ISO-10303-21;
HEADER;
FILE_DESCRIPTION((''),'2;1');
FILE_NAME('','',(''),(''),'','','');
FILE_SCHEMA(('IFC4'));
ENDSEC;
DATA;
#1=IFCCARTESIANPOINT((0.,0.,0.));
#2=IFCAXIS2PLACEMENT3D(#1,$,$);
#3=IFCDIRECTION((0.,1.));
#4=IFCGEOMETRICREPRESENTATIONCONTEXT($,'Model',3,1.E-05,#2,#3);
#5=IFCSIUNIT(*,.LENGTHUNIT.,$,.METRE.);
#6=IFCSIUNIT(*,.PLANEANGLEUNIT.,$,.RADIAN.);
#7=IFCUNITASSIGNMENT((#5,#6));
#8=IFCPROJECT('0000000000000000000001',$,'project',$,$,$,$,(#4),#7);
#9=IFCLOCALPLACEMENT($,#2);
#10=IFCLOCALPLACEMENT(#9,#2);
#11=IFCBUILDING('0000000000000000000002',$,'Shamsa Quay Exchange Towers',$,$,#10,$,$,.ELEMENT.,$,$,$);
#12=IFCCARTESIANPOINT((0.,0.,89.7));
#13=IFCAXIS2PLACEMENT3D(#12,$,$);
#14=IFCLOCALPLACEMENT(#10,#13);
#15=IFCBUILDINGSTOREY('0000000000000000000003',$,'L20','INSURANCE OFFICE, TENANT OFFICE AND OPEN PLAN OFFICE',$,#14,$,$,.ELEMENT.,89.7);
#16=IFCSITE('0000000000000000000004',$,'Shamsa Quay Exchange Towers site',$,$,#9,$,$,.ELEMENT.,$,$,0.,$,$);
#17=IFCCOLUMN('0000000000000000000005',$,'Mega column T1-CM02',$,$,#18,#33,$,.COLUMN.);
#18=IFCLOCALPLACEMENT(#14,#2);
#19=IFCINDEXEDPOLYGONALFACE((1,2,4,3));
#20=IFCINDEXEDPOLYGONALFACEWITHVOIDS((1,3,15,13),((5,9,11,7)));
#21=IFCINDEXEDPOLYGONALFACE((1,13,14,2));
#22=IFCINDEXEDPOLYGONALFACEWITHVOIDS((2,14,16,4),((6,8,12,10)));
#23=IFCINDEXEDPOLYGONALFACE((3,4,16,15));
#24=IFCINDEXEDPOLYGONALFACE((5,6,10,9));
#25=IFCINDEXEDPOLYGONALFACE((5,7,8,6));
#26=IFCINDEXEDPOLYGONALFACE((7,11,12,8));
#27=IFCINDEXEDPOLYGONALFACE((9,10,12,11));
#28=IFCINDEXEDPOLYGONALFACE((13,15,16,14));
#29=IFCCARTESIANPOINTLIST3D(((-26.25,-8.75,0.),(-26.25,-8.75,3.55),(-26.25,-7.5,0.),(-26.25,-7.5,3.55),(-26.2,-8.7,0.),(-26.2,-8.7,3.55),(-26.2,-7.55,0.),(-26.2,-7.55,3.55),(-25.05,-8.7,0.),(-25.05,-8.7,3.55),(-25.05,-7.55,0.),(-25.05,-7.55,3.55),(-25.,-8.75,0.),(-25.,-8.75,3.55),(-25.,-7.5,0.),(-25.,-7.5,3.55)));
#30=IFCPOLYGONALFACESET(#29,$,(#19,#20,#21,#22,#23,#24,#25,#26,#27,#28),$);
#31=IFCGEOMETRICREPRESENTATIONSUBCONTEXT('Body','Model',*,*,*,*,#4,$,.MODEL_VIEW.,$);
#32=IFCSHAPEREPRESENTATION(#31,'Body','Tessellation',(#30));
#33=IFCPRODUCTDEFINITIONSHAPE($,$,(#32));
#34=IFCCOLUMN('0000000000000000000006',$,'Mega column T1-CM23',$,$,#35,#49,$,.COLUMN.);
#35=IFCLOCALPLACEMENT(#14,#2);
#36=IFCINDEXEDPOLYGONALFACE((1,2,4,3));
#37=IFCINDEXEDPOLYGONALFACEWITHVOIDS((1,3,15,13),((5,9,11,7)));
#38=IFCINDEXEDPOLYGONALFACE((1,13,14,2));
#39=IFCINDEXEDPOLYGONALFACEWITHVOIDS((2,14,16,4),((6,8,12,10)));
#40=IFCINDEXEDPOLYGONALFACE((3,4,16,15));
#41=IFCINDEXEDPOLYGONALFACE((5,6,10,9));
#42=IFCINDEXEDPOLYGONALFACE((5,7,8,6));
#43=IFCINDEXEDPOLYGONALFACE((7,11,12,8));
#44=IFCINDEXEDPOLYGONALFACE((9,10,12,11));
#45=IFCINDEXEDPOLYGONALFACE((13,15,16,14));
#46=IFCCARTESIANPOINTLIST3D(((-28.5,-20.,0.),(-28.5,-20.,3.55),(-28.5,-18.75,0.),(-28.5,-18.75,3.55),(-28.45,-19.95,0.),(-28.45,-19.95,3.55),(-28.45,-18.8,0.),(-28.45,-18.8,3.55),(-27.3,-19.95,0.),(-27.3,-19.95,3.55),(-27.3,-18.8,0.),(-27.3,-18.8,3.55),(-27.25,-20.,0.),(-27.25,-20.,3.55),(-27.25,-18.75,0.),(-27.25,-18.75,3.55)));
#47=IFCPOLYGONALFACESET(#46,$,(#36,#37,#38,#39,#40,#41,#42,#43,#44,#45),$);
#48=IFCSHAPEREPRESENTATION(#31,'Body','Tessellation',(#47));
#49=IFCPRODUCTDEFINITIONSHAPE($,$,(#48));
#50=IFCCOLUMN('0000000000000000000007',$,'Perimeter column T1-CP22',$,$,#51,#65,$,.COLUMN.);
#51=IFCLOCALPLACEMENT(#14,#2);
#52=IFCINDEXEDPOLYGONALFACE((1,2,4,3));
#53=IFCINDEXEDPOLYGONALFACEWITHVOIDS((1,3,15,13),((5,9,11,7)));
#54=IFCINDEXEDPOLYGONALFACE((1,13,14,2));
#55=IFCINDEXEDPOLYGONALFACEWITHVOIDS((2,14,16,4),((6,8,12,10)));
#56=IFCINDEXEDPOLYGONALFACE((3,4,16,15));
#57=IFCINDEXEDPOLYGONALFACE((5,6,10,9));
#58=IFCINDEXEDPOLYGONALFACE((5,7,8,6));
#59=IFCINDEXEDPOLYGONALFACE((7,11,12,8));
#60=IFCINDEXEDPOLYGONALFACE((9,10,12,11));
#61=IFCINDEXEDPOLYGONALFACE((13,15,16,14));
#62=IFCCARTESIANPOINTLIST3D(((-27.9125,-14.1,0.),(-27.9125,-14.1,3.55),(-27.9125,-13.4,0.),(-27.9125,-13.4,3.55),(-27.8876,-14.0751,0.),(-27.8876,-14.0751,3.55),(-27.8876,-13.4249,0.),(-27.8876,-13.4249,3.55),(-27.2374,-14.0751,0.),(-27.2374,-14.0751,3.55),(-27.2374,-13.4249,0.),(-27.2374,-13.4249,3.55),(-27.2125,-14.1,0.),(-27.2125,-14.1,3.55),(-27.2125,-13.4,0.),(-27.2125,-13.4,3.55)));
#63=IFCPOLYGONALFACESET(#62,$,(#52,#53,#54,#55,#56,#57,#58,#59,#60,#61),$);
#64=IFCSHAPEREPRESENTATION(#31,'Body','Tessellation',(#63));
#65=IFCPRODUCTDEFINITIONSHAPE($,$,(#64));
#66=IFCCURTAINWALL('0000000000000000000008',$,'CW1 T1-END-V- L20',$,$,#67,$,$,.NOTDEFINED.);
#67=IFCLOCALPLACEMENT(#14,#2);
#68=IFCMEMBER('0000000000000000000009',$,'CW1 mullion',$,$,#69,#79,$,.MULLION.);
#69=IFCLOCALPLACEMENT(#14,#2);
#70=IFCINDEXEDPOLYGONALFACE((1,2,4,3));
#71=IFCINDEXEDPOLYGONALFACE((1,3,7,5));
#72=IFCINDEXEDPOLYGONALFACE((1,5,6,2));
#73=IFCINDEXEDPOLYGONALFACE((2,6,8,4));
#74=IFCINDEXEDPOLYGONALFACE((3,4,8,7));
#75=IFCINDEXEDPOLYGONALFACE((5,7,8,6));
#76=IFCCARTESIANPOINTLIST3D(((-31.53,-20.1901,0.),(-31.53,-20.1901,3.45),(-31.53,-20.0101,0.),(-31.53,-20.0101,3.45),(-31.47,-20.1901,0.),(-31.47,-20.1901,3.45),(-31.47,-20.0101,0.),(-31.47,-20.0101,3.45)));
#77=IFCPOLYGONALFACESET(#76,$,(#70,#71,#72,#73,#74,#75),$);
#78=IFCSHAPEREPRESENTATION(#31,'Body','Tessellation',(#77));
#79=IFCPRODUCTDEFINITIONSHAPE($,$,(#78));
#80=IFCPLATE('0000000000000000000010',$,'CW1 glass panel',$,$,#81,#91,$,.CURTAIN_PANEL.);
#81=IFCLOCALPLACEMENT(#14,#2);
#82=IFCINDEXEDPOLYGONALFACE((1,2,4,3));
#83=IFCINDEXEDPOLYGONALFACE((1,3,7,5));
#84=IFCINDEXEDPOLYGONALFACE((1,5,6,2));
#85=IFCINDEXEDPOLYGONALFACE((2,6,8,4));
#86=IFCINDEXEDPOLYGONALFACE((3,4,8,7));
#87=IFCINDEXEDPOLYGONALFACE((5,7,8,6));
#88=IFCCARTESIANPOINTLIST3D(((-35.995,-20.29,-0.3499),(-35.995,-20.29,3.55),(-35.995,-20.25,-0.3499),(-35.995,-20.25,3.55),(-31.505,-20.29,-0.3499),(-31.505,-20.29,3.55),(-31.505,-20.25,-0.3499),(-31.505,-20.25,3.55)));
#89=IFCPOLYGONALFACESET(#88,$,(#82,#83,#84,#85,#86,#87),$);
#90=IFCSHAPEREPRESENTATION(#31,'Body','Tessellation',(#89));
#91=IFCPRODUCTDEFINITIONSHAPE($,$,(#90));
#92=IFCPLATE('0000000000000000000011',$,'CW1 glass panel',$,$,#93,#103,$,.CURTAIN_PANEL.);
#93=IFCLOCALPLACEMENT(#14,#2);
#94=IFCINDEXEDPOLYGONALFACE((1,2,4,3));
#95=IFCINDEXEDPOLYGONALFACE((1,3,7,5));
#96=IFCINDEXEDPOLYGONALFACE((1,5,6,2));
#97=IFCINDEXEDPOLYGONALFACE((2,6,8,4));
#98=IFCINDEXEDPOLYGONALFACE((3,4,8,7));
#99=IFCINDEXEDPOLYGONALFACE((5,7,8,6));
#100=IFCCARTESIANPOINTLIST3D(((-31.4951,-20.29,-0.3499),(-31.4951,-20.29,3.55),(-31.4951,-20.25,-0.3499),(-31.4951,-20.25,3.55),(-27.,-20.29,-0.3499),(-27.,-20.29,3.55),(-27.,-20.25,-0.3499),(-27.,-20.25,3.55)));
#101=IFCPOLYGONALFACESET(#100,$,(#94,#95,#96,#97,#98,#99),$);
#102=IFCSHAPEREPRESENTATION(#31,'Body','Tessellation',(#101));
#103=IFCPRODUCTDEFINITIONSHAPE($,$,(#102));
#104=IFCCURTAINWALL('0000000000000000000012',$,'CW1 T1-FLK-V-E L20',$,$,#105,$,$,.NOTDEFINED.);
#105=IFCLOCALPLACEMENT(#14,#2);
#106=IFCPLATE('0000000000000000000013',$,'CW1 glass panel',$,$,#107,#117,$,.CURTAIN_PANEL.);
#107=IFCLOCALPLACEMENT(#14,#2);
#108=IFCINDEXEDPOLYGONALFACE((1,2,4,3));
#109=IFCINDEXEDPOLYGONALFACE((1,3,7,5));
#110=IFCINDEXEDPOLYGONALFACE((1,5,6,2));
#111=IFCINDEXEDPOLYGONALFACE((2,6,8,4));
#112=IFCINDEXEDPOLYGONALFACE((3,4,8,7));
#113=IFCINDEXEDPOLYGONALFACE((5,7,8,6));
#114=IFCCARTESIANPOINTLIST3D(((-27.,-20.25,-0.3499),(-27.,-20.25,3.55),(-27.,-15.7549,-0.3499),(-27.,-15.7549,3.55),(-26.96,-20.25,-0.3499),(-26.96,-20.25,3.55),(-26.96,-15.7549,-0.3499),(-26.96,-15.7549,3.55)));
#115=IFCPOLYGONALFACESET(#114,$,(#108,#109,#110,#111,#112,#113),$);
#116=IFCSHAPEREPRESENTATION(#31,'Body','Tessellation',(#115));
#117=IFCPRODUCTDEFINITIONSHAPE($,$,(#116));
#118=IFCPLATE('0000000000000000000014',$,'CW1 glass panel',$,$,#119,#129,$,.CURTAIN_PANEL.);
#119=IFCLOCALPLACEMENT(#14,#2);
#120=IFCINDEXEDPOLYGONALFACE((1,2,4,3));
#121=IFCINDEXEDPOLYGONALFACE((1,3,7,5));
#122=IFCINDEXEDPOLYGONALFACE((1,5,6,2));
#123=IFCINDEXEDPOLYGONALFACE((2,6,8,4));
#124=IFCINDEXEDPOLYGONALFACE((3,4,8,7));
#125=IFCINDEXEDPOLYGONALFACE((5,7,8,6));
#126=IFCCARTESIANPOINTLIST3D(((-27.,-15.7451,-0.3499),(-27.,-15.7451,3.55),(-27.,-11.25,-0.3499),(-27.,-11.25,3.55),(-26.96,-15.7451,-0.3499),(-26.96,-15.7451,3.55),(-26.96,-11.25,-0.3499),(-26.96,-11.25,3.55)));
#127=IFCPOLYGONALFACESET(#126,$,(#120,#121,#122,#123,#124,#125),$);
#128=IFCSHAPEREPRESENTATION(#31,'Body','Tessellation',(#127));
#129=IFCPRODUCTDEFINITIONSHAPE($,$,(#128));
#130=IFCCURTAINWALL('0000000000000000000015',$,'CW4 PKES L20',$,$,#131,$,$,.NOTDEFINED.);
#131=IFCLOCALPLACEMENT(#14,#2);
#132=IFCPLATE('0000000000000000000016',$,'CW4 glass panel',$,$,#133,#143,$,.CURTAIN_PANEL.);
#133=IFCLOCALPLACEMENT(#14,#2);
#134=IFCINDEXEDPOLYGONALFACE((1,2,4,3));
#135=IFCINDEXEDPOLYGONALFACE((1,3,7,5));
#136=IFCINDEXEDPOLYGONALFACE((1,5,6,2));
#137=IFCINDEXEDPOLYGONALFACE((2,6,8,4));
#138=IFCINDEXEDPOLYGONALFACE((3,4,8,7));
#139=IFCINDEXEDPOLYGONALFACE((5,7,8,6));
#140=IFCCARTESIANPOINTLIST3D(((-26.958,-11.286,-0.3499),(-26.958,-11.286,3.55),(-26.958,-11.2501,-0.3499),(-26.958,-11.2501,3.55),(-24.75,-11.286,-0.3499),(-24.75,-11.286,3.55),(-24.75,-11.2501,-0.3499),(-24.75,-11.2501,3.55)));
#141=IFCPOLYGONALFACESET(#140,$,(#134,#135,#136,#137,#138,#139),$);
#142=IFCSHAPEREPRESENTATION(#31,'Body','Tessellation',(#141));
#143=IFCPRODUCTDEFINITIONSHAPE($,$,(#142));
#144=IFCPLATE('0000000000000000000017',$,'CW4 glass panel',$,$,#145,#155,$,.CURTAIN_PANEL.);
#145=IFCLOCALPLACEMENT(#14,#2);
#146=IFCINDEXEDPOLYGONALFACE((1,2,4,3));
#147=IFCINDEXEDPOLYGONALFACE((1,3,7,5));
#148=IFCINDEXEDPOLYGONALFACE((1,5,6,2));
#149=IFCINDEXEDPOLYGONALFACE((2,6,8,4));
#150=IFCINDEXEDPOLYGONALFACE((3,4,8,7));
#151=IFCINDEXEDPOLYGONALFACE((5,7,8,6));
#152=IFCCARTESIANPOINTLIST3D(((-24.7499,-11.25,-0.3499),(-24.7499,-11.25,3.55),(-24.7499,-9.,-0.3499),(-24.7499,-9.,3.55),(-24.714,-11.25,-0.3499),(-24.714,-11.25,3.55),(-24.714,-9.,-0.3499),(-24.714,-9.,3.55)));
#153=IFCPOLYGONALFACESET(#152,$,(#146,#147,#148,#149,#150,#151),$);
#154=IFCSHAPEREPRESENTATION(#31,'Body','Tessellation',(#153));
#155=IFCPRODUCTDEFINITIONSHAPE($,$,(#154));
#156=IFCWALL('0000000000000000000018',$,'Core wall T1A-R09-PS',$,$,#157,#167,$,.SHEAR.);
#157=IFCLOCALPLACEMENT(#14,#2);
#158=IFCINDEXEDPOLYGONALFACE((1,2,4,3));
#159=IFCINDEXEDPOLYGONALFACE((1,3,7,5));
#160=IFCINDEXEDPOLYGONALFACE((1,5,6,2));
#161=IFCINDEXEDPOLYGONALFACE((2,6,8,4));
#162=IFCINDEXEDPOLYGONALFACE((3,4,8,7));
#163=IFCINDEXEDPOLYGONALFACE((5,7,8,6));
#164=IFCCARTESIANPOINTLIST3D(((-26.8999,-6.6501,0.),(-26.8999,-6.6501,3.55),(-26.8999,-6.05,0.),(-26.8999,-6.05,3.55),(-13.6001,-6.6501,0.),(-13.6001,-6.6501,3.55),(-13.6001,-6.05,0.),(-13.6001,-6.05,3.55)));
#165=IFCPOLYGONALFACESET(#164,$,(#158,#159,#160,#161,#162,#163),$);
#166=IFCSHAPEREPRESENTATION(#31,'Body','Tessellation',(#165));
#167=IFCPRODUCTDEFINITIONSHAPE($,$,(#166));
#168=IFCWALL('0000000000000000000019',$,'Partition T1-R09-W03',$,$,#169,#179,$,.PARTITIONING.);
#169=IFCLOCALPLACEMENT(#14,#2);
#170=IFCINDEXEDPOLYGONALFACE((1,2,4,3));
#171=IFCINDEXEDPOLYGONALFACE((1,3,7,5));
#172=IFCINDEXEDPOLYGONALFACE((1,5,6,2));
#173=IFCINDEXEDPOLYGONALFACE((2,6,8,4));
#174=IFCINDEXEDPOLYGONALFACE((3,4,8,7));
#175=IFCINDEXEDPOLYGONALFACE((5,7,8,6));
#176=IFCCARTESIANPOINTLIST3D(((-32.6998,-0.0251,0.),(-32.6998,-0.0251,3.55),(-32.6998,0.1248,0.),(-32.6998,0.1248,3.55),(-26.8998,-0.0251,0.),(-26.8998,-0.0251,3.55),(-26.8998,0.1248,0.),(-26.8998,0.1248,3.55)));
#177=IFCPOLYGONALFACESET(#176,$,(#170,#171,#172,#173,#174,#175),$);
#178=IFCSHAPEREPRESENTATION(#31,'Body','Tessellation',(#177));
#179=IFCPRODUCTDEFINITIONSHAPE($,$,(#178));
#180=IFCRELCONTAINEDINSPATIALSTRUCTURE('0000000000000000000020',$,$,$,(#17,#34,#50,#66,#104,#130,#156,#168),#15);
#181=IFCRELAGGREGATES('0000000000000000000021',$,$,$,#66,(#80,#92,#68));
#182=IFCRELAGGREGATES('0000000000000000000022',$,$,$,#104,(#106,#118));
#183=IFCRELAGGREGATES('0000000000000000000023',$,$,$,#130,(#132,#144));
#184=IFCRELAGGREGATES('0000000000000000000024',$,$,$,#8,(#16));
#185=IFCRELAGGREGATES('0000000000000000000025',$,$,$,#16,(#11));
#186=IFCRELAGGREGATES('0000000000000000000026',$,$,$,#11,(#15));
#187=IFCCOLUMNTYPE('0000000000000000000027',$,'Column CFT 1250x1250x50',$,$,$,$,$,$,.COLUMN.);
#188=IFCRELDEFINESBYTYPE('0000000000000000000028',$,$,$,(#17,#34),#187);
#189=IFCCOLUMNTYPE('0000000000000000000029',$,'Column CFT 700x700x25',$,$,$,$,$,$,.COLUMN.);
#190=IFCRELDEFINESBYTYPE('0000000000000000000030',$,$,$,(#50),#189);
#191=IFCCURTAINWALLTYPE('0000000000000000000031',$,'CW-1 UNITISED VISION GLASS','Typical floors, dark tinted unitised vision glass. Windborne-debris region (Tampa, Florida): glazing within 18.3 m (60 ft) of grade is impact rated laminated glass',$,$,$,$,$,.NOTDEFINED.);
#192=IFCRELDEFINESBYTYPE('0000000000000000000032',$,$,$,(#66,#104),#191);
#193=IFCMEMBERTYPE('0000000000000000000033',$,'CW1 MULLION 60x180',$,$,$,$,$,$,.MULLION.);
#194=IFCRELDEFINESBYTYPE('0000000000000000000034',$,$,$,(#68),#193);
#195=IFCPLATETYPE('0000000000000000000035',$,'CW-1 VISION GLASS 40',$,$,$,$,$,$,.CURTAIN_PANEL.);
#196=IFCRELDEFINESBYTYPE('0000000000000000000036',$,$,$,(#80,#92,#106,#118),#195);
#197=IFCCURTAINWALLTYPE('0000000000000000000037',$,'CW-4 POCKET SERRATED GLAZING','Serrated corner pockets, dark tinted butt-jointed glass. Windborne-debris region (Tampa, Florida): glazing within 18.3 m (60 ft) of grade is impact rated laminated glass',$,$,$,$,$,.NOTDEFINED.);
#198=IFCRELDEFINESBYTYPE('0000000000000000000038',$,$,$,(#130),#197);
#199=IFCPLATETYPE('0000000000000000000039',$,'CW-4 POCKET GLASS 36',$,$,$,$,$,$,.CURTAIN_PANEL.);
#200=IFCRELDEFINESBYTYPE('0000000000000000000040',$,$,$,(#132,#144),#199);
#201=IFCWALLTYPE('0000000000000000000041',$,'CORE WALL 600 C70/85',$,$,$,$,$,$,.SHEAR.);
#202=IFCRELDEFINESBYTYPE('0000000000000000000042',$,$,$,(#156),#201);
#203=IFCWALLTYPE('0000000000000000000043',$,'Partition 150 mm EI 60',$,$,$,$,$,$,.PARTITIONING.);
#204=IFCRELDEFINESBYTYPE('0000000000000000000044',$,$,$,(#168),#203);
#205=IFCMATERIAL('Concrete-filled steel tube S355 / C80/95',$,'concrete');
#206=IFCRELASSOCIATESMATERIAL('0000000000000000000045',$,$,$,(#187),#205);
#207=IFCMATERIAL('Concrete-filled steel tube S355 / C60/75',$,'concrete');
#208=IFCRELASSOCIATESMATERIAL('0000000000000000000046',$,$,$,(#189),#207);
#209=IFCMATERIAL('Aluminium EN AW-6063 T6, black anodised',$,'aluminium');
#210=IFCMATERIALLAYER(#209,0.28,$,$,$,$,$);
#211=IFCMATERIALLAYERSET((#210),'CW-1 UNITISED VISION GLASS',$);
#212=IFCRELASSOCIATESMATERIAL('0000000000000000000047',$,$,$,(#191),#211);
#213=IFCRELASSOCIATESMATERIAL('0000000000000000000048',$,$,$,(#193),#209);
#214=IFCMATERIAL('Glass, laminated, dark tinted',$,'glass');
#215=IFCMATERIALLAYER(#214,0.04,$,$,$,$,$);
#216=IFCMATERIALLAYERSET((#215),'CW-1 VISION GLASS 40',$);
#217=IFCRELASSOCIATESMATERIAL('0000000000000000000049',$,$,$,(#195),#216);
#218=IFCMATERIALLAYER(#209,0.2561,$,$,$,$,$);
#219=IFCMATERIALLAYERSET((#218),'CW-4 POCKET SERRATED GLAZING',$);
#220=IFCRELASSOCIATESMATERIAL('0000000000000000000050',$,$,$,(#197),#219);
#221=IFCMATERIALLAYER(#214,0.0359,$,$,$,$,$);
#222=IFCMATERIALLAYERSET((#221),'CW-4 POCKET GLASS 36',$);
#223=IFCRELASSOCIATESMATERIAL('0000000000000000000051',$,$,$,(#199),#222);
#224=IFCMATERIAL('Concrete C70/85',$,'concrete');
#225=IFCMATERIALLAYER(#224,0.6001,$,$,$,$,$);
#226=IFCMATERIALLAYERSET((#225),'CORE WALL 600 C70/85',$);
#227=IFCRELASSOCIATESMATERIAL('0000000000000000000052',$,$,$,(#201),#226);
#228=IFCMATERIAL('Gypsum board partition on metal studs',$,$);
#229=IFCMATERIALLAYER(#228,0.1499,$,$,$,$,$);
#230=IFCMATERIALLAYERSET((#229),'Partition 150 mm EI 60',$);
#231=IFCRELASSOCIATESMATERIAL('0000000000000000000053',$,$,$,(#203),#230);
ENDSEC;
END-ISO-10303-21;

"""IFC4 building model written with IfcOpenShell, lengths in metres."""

from ifc_helpers import new_model, si_unit, direction, frame, frame_2d, origin, origin_2d, place, context, subcontext, project, spatial, rectangle, hollow_rectangle, extrude, material, layer, layer_set, material_profile, profile_set, type_object, element, aggregate, save


model = new_model("IFC4")

# Units and contexts
model_context = context("Model", 3, precision=1e-05, world=origin(), true_north=direction((0.0, 1.0)))
body_context = subcontext(model_context, "Body", "Model", "MODEL_VIEW")
ifc_project = project(units=[si_unit("LENGTHUNIT", "METRE"), si_unit("PLANEANGLEUNIT", "RADIAN")], contexts=[model_context])

# Site, building, storey
site_placement = place(None, origin())
site = spatial("IfcSite", under=ifc_project, at=site_placement, Name="Shamsa Quay Exchange Towers site", CompositionType="ELEMENT", RefElevation=0.0)
building_placement = place(site_placement, origin())
building = spatial("IfcBuilding", under=site, at=building_placement, Name="Shamsa Quay Exchange Towers", CompositionType="ELEMENT")
storey_placement = place(building_placement, frame((0.0, 0.0, 89.7)))
storey = spatial("IfcBuildingStorey", under=building, at=storey_placement, Name="L20", Description="INSURANCE OFFICE, TENANT OFFICE AND OPEN PLAN OFFICE", CompositionType="ELEMENT", Elevation=89.7)

# Columns
ifc_material_1 = material(Name="Concrete-filled steel tube S355 / C80/95", Category="concrete")
ifc_material_profile_1 = material_profile(ifc_material_1, hollow_rectangle(XDim=1.25, YDim=1.25, WallThickness=0.05, at=origin_2d()), Name="CFT 1250x1250x50")
ifc_profile_set_1 = profile_set([ifc_material_profile_1], Name="Concrete-filled steel tube S355 / C80/95")
column_type_1 = type_object("IfcColumnType", Name="Column CFT 1250x1250x50", PredefinedType="COLUMN", material=ifc_profile_set_1)
for number, where, name in (
    (1, (-25.625, -8.125, 0.0), "Mega column T1-CM02"),
    (2, (-27.875, -19.375, 0.0), "Mega column T1-CM23"),
):
    element("IfcColumn", number, at=place(storey_placement, frame(where)), inside=storey, type_object=column_type_1, Name=name, PredefinedType="COLUMN", context=body_context, shape_type="SweptSolid", body=[
        extrude(hollow_rectangle(XDim=1.25, YDim=1.25, WallThickness=0.05, at=origin_2d()), origin(), (0.0, 0.0, 1.0), 3.55),
    ])
ifc_material_2 = material(Name="Concrete-filled steel tube S355 / C60/75", Category="concrete")
ifc_material_profile_2 = material_profile(ifc_material_2, hollow_rectangle(XDim=0.7, YDim=0.7, WallThickness=0.0249, at=origin_2d()), Name="CFT 700x700x25")
ifc_profile_set_2 = profile_set([ifc_material_profile_2], Name="Concrete-filled steel tube S355 / C60/75")
column_type_2 = type_object("IfcColumnType", Name="Column CFT 700x700x25", PredefinedType="COLUMN", material=ifc_profile_set_2)
column_placement = place(storey_placement, frame((-27.5625, -13.75, 0.0)))
element("IfcColumn", 3, at=column_placement, inside=storey, type_object=column_type_2, Name="Perimeter column T1-CP22", PredefinedType="COLUMN", context=body_context, shape_type="SweptSolid", body=[
    extrude(hollow_rectangle(XDim=0.7, YDim=0.7, WallThickness=0.0249, at=origin_2d()), origin(), (0.0, 0.0, 1.0), 3.55),
])

# Curtain wall, member, plates
ifc_material_3 = material(Name="Aluminium EN AW-6063 T6, black anodised", Category="aluminium")
ifc_layer_1 = layer(ifc_material_3, 0.28)
ifc_layer_set_1 = layer_set([ifc_layer_1], Name="CW-1 UNITISED VISION GLASS")
curtain_wall_type_1 = type_object("IfcCurtainWallType", Name="CW-1 UNITISED VISION GLASS", Description="Typical floors, dark tinted unitised vision glass. Windborne-debris region (Tampa, Florida): glazing within 18.3 m (60 ft) of grade is impact rated laminated glass", PredefinedType="NOTDEFINED", material=ifc_layer_set_1)
curtain_wall_1_placement = place(storey_placement, origin())
curtain_wall_1 = element("IfcCurtainWall", 4, at=curtain_wall_1_placement, inside=storey, type_object=curtain_wall_type_1, Name="CW1 T1-END-V- L20", PredefinedType="NOTDEFINED")
ifc_material_profile_3 = material_profile(ifc_material_3, rectangle(XDim=0.1799, YDim=0.0601, at=origin_2d()), Name="MU60x180")
ifc_profile_set_3 = profile_set([ifc_material_profile_3], Name="Aluminium EN AW-6063 T6, black anodised")
member_type = type_object("IfcMemberType", Name="CW1 MULLION 60x180", PredefinedType="MULLION", material=ifc_profile_set_3)
member_placement = place(storey_placement, frame((-31.5, -20.1001, 0.0), z_axis=(0.0, 0.0, 1.0), x_axis=(0.0, 1.0, 0.0)))
member = element("IfcMember", 5, at=member_placement, type_object=member_type, Name="CW1 mullion", PredefinedType="MULLION", context=body_context, shape_type="SweptSolid", body=[
    extrude(rectangle(XDim=0.1799, YDim=0.0601, at=origin_2d()), origin(), (0.0, 0.0, 1.0), 3.45),
])
ifc_material_4 = material(Name="Glass, laminated, dark tinted", Category="glass")
ifc_layer_2 = layer(ifc_material_4, 0.04)
ifc_layer_set_2 = layer_set([ifc_layer_2], Name="CW-1 VISION GLASS 40")
plate_type_1 = type_object("IfcPlateType", Name="CW-1 VISION GLASS 40", PredefinedType="CURTAIN_PANEL", material=ifc_layer_set_2)
plate_1_placement = place(storey_placement, frame((-33.75, -20.27, -0.3499)))
plate_1 = element("IfcPlate", 6, at=plate_1_placement, type_object=plate_type_1, Name="CW1 glass panel", PredefinedType="CURTAIN_PANEL", context=body_context, shape_type="SweptSolid", body=[
    extrude(rectangle(XDim=4.49, YDim=0.04, at=origin_2d()), origin(), (0.0, 0.0, 1.0), 3.8999),
])
plate_2_placement = place(storey_placement, frame((-29.2476, -20.27, -0.3499)))
plate_2 = element("IfcPlate", 7, at=plate_2_placement, type_object=plate_type_1, Name="CW1 glass panel", PredefinedType="CURTAIN_PANEL", context=body_context, shape_type="SweptSolid", body=[
    extrude(rectangle(XDim=4.4951, YDim=0.04, at=origin_2d()), origin(), (0.0, 0.0, 1.0), 3.8999),
])
aggregate(curtain_wall_1, [plate_1, plate_2, member])

# Curtain walls, plates
curtain_wall_2_placement = place(storey_placement, origin())
curtain_wall_2 = element("IfcCurtainWall", 8, at=curtain_wall_2_placement, inside=storey, type_object=curtain_wall_type_1, Name="CW1 T1-FLK-V-E L20", PredefinedType="NOTDEFINED")
plate_3_placement = place(storey_placement, frame((-26.98, -18.0024, -0.3499), z_axis=(0.0, 0.0, 1.0), x_axis=(0.0, 1.0, 0.0)))
plate_3 = element("IfcPlate", 9, at=plate_3_placement, type_object=plate_type_1, Name="CW1 glass panel", PredefinedType="CURTAIN_PANEL", context=body_context, shape_type="SweptSolid", body=[
    extrude(rectangle(XDim=4.4951, YDim=0.04, at=origin_2d()), origin(), (0.0, 0.0, 1.0), 3.8999),
])
plate_4_placement = place(storey_placement, frame((-26.98, -13.4976, -0.3499), z_axis=(0.0, 0.0, 1.0), x_axis=(0.0, 1.0, 0.0)))
plate_4 = element("IfcPlate", 10, at=plate_4_placement, type_object=plate_type_1, Name="CW1 glass panel", PredefinedType="CURTAIN_PANEL", context=body_context, shape_type="SweptSolid", body=[
    extrude(rectangle(XDim=4.4951, YDim=0.04, at=origin_2d()), origin(), (0.0, 0.0, 1.0), 3.8999),
])
aggregate(curtain_wall_2, [plate_3, plate_4])
ifc_layer_3 = layer(ifc_material_3, 0.2561)
ifc_layer_set_3 = layer_set([ifc_layer_3], Name="CW-4 POCKET SERRATED GLAZING")
curtain_wall_type_2 = type_object("IfcCurtainWallType", Name="CW-4 POCKET SERRATED GLAZING", Description="Serrated corner pockets, dark tinted butt-jointed glass. Windborne-debris region (Tampa, Florida): glazing within 18.3 m (60 ft) of grade is impact rated laminated glass", PredefinedType="NOTDEFINED", material=ifc_layer_set_3)
curtain_wall_3_placement = place(storey_placement, origin())
curtain_wall_3 = element("IfcCurtainWall", 11, at=curtain_wall_3_placement, inside=storey, type_object=curtain_wall_type_2, Name="CW4 PKES L20", PredefinedType="NOTDEFINED")
ifc_layer_4 = layer(ifc_material_4, 0.0359)
ifc_layer_set_4 = layer_set([ifc_layer_4], Name="CW-4 POCKET GLASS 36")
plate_type_2 = type_object("IfcPlateType", Name="CW-4 POCKET GLASS 36", PredefinedType="CURTAIN_PANEL", material=ifc_layer_set_4)
plate_5_placement = place(storey_placement, frame((-25.854, -11.2681, -0.3499)))
plate_5 = element("IfcPlate", 12, at=plate_5_placement, type_object=plate_type_2, Name="CW4 glass panel", PredefinedType="CURTAIN_PANEL", context=body_context, shape_type="SweptSolid", body=[
    extrude(rectangle(XDim=2.208, YDim=0.0359, at=origin_2d()), origin(), (0.0, 0.0, 1.0), 3.8999),
])
plate_6_placement = place(storey_placement, frame((-24.7319, -10.125, -0.3499), z_axis=(0.0, 0.0, 1.0), x_axis=(0.0, 1.0, 0.0)))
plate_6 = element("IfcPlate", 13, at=plate_6_placement, type_object=plate_type_2, Name="CW4 glass panel", PredefinedType="CURTAIN_PANEL", context=body_context, shape_type="SweptSolid", body=[
    extrude(rectangle(XDim=2.25, YDim=0.0359, at=origin_2d()), origin(), (0.0, 0.0, 1.0), 3.8999),
])
aggregate(curtain_wall_3, [plate_5, plate_6])

# Walls
ifc_material_5 = material(Name="Concrete C70/85", Category="concrete")
ifc_layer_5 = layer(ifc_material_5, 0.6001)
ifc_layer_set_5 = layer_set([ifc_layer_5], Name="CORE WALL 600 C70/85")
wall_type_1 = type_object("IfcWallType", Name="CORE WALL 600 C70/85", PredefinedType="SHEAR", material=ifc_layer_set_5)
wall_1_placement = place(storey_placement, frame((-26.8999, -6.3501, 0.0)))
element("IfcWall", 14, at=wall_1_placement, inside=storey, type_object=wall_type_1, Name="Core wall T1A-R09-PS", PredefinedType="SHEAR", context=body_context, shape_type="SweptSolid", body=[
    extrude(rectangle(XDim=13.2998, YDim=0.6001, at=frame_2d((6.6499, 0.0))), origin(), (0.0, 0.0, 1.0), 3.55),
])
ifc_material_6 = material(Name="Gypsum board partition on metal studs")
ifc_layer_6 = layer(ifc_material_6, 0.1499)
ifc_layer_set_6 = layer_set([ifc_layer_6], Name="Partition 150 mm EI 60")
wall_type_2 = type_object("IfcWallType", Name="Partition 150 mm EI 60", PredefinedType="PARTITIONING", material=ifc_layer_set_6)
wall_2_placement = place(storey_placement, frame((-26.8999, 0.0498, 0.0), z_axis=(0.0, 0.0, 1.0), x_axis=(-1.0, 0.0, 0.0)))
element("IfcWall", 15, at=wall_2_placement, inside=storey, type_object=wall_type_2, Name="Partition T1-R09-W03", PredefinedType="PARTITIONING", context=body_context, shape_type="SweptSolid", body=[
    extrude(rectangle(XDim=5.8, YDim=0.1499, at=frame_2d((2.8999, 0.0))), origin(), (0.0, 0.0, 1.0), 3.55),
])

save(model, "model.ifc")
